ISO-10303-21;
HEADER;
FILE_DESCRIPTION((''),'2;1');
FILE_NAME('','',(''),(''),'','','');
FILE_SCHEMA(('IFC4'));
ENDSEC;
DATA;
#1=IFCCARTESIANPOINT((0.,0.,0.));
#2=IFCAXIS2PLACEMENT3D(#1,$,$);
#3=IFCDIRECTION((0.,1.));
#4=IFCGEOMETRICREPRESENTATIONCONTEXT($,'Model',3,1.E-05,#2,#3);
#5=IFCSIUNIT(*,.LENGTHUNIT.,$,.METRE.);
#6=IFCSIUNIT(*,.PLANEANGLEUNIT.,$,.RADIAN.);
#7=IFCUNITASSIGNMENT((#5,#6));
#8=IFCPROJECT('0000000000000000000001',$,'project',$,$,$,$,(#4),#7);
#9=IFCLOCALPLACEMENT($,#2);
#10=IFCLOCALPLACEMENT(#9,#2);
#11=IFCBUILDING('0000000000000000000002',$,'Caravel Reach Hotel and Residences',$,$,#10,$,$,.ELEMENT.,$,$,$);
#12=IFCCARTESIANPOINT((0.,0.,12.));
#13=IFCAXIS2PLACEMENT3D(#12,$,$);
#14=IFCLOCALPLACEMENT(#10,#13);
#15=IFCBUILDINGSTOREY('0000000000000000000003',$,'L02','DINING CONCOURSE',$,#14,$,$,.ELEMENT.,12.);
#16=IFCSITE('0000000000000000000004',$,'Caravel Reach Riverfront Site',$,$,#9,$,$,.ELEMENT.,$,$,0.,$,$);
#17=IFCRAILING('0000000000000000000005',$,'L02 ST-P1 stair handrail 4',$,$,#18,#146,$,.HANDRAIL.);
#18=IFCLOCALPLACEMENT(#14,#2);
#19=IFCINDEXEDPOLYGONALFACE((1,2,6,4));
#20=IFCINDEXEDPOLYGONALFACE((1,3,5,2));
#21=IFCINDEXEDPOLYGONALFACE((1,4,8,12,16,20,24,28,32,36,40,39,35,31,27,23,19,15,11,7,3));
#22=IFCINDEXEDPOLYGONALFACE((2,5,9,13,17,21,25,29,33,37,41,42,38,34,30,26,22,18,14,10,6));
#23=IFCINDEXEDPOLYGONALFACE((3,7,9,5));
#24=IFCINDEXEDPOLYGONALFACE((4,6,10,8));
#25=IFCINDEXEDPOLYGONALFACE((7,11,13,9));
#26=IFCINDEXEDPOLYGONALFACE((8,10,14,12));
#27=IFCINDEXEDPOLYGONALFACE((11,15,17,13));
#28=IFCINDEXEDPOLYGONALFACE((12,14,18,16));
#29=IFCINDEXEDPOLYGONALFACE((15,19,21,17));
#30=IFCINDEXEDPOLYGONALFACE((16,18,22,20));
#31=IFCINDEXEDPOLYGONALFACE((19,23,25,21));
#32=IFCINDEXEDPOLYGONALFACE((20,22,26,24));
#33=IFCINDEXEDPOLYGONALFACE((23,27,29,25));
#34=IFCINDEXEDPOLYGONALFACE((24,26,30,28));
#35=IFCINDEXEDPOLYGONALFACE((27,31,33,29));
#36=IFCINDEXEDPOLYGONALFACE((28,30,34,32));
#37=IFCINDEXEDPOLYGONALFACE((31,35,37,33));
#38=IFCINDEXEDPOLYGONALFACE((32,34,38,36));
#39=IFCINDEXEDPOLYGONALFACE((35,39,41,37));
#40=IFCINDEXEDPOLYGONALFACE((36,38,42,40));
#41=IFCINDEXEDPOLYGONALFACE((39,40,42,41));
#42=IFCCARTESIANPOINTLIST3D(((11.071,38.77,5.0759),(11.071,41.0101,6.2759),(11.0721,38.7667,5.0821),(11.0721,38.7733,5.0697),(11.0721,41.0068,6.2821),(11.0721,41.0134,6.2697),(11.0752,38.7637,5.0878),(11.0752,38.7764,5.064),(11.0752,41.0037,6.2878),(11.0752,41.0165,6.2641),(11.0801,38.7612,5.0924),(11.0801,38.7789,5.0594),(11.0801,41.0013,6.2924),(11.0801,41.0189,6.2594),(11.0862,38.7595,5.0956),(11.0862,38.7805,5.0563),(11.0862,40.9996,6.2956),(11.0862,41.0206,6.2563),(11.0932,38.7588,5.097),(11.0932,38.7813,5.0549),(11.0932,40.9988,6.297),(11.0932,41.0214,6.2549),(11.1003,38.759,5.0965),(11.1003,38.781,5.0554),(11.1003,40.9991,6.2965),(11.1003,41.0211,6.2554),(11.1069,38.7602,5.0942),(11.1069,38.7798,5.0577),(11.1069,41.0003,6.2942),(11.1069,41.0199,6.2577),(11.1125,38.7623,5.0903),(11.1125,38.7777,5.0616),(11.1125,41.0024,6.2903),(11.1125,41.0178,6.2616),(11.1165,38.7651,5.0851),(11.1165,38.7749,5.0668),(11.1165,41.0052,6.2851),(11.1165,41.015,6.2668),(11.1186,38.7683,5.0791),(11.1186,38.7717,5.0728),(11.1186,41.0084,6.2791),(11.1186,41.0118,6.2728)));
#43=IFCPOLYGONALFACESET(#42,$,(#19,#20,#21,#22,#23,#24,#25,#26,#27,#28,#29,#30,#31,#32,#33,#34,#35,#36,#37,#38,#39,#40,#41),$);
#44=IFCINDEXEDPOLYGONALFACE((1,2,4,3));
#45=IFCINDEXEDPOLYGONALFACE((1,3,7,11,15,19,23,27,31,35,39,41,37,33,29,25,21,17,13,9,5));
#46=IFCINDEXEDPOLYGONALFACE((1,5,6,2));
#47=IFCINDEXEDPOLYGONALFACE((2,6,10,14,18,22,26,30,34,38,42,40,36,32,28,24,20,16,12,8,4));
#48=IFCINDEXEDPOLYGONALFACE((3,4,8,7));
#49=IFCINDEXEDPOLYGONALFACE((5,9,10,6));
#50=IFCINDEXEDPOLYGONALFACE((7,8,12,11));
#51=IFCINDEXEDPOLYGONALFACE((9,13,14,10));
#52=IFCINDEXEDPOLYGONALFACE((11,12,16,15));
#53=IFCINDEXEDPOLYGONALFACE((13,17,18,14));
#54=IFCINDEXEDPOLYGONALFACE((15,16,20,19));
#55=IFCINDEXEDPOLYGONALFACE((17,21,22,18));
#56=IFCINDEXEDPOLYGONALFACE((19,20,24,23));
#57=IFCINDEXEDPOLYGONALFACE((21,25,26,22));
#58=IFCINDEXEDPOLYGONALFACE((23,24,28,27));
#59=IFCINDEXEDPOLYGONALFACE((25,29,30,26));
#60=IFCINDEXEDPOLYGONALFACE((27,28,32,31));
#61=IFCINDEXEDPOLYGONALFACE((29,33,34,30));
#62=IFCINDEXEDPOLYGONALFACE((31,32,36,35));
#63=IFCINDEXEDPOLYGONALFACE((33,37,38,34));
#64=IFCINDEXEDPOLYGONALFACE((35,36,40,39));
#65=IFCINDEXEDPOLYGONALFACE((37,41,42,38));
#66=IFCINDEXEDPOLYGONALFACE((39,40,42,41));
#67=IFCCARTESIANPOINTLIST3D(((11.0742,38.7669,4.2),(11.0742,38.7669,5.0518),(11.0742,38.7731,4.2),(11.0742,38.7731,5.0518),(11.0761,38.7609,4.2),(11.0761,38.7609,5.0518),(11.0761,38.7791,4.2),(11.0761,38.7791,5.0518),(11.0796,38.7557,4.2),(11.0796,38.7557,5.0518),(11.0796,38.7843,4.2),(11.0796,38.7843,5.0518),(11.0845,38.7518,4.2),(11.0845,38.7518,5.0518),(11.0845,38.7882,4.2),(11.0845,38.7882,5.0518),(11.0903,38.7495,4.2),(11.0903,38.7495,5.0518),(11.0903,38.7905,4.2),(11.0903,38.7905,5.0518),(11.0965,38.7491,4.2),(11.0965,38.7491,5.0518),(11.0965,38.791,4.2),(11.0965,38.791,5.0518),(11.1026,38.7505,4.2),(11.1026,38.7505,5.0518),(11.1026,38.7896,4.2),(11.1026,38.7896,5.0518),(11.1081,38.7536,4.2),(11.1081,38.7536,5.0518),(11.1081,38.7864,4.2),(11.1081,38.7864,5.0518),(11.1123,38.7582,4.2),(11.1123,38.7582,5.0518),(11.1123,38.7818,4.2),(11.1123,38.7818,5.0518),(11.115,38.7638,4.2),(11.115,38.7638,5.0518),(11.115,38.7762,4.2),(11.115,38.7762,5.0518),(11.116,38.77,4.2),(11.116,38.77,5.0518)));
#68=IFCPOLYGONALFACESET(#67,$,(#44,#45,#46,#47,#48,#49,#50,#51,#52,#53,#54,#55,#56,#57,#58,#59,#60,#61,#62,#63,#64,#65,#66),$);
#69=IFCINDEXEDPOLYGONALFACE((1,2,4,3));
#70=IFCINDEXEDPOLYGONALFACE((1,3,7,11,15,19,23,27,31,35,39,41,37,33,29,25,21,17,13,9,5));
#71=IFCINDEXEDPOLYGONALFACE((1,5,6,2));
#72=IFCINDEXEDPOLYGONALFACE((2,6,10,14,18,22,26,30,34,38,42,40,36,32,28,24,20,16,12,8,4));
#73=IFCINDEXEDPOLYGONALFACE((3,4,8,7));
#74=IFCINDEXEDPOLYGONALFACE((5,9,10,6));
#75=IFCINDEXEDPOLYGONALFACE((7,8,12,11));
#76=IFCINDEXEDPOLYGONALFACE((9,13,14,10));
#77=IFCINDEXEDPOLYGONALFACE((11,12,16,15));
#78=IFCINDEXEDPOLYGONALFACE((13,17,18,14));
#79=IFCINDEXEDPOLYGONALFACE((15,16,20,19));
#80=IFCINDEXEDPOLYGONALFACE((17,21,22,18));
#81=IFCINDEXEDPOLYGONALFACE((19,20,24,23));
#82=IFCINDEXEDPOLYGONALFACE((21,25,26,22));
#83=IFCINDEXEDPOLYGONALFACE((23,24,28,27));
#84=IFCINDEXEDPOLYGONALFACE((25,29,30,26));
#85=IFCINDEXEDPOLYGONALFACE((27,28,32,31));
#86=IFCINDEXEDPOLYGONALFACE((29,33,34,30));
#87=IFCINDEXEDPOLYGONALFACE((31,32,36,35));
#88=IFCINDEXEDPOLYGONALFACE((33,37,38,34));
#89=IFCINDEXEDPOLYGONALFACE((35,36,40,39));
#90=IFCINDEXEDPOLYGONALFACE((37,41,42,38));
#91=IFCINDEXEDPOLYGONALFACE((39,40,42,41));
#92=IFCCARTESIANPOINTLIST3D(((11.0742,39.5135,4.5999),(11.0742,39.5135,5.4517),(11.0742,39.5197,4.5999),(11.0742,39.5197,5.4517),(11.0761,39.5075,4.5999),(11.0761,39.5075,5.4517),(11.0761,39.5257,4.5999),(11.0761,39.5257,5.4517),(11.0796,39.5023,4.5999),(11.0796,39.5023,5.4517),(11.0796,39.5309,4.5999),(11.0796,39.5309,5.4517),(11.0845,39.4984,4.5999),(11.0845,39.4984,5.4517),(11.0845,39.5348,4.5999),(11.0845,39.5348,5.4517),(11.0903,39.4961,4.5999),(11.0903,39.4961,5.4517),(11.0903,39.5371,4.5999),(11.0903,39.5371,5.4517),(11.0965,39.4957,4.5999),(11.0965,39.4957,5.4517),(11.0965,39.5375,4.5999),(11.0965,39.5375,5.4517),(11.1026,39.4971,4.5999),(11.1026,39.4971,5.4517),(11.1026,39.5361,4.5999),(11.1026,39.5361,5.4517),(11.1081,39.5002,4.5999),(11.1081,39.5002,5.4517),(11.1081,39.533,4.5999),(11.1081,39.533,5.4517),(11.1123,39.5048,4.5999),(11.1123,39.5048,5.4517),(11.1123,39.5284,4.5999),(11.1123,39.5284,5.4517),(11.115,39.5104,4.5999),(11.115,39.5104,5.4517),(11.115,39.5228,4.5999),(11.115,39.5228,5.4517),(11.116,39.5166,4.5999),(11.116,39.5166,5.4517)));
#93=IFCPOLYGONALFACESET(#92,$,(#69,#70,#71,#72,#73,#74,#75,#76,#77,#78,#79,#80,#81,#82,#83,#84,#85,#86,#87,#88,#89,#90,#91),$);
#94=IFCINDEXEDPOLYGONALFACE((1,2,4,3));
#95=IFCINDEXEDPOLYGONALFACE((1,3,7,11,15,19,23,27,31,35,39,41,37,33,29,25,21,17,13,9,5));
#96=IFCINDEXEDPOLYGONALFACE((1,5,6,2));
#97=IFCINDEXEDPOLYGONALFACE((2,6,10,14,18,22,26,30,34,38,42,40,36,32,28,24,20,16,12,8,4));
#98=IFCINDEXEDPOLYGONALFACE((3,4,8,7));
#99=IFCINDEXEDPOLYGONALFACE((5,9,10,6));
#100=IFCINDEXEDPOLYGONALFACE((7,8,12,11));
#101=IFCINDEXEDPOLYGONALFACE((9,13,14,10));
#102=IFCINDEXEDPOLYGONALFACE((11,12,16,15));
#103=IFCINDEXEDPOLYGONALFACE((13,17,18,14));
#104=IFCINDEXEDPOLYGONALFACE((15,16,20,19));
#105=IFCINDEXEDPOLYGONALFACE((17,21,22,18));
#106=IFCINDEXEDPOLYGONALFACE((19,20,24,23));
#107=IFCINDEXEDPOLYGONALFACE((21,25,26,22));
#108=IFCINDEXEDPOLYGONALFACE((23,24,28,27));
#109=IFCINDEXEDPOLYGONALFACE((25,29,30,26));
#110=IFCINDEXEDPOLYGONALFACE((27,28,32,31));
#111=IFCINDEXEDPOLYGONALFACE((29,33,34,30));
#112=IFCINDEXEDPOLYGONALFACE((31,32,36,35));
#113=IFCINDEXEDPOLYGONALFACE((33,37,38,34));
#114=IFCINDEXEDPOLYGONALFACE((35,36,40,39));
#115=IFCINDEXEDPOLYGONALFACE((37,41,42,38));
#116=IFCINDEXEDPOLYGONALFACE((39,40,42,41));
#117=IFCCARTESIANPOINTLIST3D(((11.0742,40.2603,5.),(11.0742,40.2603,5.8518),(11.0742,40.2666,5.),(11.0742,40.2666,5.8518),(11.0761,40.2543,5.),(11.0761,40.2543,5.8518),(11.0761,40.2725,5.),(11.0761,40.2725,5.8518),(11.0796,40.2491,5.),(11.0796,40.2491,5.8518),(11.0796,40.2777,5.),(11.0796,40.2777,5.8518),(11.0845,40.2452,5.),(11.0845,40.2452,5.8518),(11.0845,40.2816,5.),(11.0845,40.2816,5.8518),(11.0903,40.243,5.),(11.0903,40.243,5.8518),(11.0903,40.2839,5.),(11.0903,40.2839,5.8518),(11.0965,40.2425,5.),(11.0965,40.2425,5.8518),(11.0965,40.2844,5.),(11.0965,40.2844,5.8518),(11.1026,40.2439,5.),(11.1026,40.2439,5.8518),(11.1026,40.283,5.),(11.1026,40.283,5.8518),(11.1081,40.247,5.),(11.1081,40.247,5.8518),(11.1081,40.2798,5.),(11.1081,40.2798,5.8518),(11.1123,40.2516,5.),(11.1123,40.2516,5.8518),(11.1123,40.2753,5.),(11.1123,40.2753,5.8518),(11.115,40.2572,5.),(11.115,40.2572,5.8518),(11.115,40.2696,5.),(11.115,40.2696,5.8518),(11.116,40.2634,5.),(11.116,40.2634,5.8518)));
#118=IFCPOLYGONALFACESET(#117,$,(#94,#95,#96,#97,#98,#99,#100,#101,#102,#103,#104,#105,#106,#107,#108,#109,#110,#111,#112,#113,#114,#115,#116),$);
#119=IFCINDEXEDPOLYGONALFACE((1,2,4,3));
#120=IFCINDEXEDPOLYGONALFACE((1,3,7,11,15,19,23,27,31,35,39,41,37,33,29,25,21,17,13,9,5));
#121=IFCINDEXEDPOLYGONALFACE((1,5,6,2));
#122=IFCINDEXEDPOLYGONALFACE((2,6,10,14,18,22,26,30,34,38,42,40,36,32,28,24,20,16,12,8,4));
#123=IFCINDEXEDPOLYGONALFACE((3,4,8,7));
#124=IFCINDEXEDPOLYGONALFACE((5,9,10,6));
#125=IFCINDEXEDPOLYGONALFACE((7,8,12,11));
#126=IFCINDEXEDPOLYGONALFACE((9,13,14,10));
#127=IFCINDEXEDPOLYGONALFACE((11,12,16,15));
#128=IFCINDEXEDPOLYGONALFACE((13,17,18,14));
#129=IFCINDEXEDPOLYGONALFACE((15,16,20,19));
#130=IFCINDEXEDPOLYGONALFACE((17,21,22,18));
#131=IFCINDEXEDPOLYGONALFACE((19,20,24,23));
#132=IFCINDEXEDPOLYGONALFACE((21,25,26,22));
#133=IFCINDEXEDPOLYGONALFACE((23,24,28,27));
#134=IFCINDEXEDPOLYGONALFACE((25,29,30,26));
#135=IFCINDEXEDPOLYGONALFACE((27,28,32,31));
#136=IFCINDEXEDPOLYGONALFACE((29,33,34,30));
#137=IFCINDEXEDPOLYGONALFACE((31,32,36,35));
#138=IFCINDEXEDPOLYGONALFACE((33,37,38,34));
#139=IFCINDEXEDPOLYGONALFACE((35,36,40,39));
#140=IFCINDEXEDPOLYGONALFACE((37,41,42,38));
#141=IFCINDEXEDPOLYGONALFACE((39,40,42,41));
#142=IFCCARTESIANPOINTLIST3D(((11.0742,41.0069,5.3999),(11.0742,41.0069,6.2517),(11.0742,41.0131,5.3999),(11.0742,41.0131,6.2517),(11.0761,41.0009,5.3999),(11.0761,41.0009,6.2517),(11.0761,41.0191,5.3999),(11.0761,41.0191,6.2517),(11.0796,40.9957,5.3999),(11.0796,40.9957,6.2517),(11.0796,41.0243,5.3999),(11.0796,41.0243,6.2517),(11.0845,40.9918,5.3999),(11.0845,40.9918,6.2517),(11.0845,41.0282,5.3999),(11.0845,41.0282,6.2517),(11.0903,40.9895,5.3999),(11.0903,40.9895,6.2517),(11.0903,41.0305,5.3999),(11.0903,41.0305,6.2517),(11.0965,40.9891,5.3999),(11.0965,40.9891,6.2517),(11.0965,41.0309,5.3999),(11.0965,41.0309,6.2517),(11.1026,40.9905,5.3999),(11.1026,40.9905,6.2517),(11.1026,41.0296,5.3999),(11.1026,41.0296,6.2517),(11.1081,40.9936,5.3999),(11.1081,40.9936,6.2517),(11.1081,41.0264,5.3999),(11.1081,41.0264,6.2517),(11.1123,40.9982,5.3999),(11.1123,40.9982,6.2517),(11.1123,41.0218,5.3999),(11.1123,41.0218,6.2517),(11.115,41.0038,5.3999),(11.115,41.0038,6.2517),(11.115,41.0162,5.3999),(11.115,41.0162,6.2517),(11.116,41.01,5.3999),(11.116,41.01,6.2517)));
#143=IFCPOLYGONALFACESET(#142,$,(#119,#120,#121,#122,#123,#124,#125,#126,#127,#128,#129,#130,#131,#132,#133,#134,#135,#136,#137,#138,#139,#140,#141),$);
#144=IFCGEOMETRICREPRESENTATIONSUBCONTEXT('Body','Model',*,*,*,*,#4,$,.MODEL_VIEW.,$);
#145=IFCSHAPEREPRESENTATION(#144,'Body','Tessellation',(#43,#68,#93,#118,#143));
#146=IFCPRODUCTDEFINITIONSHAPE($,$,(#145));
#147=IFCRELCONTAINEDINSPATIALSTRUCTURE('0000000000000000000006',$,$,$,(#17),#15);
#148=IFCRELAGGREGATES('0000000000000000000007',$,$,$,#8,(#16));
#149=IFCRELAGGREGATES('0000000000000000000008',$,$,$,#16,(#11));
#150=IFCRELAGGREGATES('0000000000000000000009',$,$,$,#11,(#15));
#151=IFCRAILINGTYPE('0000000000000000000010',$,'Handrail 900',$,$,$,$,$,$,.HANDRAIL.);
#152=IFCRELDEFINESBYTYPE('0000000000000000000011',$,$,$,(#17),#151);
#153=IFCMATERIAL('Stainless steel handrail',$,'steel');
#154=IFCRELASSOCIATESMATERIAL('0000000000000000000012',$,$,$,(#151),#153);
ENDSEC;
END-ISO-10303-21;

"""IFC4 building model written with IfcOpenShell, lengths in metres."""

from ifc_helpers import new_model, si_unit, direction, frame, origin, origin_2d, place, context, subcontext, project, spatial, circle, extrude, material, type_object, element, save


model = new_model("IFC4")

# Units and contexts
model_context = context("Model", 3, precision=1e-05, world=origin(), true_north=direction((0.0, 1.0)))
body_context = subcontext(model_context, "Body", "Model", "MODEL_VIEW")
ifc_project = project(units=[si_unit("LENGTHUNIT", "METRE"), si_unit("PLANEANGLEUNIT", "RADIAN")], contexts=[model_context])

# Site, building, storey
site_placement = place(None, origin())
site = spatial("IfcSite", under=ifc_project, at=site_placement, Name="Caravel Reach Riverfront Site", CompositionType="ELEMENT", RefElevation=0.0)
building_placement = place(site_placement, origin())
building = spatial("IfcBuilding", under=site, at=building_placement, Name="Caravel Reach Hotel and Residences", CompositionType="ELEMENT")
storey_placement = place(building_placement, frame((0.0, 0.0, 12.0)))
storey = spatial("IfcBuildingStorey", under=building, at=storey_placement, Name="L02", Description="DINING CONCOURSE", CompositionType="ELEMENT", Elevation=12.0)

# Railing
ifc_material_1 = material(Name="Stainless steel handrail", Category="steel")
railing_type_1 = type_object("IfcRailingType", Name="Handrail 900", PredefinedType="HANDRAIL", material=ifc_material_1)
railing_1_placement = place(storey_placement, frame((11.095, 38.77, 4.2)))
element("IfcRailing", 1, at=railing_1_placement, inside=storey, type_object=railing_type_1, Name="L02 ST-P1 stair handrail 4", PredefinedType="HANDRAIL", context=body_context, shape_type="SweptSolid", body=[
    extrude(circle(Radius=0.0239, at=origin_2d()), frame((0.0, 0.0, 0.876), z_axis=(0.0, 0.881487, 0.472208), x_axis=(-1.0, 0.0, 0.0)), (0.0, 0.0, 1.0), 2.5413),
    extrude(circle(Radius=0.021, at=origin_2d()), origin(), (0.0, 0.0, 1.0), 0.8518),
    extrude(circle(Radius=0.021, at=origin_2d()), frame((0.0, 0.7466, 0.3999)), (0.0, 0.0, 1.0), 0.8518),
    extrude(circle(Radius=0.021, at=origin_2d()), frame((0.0, 1.4934, 0.8)), (0.0, 0.0, 1.0), 0.8518),
    extrude(circle(Radius=0.021, at=origin_2d()), frame((0.0, 2.24, 1.2)), (0.0, 0.0, 1.0), 0.8518),
])

save(model, "model.ifc")
